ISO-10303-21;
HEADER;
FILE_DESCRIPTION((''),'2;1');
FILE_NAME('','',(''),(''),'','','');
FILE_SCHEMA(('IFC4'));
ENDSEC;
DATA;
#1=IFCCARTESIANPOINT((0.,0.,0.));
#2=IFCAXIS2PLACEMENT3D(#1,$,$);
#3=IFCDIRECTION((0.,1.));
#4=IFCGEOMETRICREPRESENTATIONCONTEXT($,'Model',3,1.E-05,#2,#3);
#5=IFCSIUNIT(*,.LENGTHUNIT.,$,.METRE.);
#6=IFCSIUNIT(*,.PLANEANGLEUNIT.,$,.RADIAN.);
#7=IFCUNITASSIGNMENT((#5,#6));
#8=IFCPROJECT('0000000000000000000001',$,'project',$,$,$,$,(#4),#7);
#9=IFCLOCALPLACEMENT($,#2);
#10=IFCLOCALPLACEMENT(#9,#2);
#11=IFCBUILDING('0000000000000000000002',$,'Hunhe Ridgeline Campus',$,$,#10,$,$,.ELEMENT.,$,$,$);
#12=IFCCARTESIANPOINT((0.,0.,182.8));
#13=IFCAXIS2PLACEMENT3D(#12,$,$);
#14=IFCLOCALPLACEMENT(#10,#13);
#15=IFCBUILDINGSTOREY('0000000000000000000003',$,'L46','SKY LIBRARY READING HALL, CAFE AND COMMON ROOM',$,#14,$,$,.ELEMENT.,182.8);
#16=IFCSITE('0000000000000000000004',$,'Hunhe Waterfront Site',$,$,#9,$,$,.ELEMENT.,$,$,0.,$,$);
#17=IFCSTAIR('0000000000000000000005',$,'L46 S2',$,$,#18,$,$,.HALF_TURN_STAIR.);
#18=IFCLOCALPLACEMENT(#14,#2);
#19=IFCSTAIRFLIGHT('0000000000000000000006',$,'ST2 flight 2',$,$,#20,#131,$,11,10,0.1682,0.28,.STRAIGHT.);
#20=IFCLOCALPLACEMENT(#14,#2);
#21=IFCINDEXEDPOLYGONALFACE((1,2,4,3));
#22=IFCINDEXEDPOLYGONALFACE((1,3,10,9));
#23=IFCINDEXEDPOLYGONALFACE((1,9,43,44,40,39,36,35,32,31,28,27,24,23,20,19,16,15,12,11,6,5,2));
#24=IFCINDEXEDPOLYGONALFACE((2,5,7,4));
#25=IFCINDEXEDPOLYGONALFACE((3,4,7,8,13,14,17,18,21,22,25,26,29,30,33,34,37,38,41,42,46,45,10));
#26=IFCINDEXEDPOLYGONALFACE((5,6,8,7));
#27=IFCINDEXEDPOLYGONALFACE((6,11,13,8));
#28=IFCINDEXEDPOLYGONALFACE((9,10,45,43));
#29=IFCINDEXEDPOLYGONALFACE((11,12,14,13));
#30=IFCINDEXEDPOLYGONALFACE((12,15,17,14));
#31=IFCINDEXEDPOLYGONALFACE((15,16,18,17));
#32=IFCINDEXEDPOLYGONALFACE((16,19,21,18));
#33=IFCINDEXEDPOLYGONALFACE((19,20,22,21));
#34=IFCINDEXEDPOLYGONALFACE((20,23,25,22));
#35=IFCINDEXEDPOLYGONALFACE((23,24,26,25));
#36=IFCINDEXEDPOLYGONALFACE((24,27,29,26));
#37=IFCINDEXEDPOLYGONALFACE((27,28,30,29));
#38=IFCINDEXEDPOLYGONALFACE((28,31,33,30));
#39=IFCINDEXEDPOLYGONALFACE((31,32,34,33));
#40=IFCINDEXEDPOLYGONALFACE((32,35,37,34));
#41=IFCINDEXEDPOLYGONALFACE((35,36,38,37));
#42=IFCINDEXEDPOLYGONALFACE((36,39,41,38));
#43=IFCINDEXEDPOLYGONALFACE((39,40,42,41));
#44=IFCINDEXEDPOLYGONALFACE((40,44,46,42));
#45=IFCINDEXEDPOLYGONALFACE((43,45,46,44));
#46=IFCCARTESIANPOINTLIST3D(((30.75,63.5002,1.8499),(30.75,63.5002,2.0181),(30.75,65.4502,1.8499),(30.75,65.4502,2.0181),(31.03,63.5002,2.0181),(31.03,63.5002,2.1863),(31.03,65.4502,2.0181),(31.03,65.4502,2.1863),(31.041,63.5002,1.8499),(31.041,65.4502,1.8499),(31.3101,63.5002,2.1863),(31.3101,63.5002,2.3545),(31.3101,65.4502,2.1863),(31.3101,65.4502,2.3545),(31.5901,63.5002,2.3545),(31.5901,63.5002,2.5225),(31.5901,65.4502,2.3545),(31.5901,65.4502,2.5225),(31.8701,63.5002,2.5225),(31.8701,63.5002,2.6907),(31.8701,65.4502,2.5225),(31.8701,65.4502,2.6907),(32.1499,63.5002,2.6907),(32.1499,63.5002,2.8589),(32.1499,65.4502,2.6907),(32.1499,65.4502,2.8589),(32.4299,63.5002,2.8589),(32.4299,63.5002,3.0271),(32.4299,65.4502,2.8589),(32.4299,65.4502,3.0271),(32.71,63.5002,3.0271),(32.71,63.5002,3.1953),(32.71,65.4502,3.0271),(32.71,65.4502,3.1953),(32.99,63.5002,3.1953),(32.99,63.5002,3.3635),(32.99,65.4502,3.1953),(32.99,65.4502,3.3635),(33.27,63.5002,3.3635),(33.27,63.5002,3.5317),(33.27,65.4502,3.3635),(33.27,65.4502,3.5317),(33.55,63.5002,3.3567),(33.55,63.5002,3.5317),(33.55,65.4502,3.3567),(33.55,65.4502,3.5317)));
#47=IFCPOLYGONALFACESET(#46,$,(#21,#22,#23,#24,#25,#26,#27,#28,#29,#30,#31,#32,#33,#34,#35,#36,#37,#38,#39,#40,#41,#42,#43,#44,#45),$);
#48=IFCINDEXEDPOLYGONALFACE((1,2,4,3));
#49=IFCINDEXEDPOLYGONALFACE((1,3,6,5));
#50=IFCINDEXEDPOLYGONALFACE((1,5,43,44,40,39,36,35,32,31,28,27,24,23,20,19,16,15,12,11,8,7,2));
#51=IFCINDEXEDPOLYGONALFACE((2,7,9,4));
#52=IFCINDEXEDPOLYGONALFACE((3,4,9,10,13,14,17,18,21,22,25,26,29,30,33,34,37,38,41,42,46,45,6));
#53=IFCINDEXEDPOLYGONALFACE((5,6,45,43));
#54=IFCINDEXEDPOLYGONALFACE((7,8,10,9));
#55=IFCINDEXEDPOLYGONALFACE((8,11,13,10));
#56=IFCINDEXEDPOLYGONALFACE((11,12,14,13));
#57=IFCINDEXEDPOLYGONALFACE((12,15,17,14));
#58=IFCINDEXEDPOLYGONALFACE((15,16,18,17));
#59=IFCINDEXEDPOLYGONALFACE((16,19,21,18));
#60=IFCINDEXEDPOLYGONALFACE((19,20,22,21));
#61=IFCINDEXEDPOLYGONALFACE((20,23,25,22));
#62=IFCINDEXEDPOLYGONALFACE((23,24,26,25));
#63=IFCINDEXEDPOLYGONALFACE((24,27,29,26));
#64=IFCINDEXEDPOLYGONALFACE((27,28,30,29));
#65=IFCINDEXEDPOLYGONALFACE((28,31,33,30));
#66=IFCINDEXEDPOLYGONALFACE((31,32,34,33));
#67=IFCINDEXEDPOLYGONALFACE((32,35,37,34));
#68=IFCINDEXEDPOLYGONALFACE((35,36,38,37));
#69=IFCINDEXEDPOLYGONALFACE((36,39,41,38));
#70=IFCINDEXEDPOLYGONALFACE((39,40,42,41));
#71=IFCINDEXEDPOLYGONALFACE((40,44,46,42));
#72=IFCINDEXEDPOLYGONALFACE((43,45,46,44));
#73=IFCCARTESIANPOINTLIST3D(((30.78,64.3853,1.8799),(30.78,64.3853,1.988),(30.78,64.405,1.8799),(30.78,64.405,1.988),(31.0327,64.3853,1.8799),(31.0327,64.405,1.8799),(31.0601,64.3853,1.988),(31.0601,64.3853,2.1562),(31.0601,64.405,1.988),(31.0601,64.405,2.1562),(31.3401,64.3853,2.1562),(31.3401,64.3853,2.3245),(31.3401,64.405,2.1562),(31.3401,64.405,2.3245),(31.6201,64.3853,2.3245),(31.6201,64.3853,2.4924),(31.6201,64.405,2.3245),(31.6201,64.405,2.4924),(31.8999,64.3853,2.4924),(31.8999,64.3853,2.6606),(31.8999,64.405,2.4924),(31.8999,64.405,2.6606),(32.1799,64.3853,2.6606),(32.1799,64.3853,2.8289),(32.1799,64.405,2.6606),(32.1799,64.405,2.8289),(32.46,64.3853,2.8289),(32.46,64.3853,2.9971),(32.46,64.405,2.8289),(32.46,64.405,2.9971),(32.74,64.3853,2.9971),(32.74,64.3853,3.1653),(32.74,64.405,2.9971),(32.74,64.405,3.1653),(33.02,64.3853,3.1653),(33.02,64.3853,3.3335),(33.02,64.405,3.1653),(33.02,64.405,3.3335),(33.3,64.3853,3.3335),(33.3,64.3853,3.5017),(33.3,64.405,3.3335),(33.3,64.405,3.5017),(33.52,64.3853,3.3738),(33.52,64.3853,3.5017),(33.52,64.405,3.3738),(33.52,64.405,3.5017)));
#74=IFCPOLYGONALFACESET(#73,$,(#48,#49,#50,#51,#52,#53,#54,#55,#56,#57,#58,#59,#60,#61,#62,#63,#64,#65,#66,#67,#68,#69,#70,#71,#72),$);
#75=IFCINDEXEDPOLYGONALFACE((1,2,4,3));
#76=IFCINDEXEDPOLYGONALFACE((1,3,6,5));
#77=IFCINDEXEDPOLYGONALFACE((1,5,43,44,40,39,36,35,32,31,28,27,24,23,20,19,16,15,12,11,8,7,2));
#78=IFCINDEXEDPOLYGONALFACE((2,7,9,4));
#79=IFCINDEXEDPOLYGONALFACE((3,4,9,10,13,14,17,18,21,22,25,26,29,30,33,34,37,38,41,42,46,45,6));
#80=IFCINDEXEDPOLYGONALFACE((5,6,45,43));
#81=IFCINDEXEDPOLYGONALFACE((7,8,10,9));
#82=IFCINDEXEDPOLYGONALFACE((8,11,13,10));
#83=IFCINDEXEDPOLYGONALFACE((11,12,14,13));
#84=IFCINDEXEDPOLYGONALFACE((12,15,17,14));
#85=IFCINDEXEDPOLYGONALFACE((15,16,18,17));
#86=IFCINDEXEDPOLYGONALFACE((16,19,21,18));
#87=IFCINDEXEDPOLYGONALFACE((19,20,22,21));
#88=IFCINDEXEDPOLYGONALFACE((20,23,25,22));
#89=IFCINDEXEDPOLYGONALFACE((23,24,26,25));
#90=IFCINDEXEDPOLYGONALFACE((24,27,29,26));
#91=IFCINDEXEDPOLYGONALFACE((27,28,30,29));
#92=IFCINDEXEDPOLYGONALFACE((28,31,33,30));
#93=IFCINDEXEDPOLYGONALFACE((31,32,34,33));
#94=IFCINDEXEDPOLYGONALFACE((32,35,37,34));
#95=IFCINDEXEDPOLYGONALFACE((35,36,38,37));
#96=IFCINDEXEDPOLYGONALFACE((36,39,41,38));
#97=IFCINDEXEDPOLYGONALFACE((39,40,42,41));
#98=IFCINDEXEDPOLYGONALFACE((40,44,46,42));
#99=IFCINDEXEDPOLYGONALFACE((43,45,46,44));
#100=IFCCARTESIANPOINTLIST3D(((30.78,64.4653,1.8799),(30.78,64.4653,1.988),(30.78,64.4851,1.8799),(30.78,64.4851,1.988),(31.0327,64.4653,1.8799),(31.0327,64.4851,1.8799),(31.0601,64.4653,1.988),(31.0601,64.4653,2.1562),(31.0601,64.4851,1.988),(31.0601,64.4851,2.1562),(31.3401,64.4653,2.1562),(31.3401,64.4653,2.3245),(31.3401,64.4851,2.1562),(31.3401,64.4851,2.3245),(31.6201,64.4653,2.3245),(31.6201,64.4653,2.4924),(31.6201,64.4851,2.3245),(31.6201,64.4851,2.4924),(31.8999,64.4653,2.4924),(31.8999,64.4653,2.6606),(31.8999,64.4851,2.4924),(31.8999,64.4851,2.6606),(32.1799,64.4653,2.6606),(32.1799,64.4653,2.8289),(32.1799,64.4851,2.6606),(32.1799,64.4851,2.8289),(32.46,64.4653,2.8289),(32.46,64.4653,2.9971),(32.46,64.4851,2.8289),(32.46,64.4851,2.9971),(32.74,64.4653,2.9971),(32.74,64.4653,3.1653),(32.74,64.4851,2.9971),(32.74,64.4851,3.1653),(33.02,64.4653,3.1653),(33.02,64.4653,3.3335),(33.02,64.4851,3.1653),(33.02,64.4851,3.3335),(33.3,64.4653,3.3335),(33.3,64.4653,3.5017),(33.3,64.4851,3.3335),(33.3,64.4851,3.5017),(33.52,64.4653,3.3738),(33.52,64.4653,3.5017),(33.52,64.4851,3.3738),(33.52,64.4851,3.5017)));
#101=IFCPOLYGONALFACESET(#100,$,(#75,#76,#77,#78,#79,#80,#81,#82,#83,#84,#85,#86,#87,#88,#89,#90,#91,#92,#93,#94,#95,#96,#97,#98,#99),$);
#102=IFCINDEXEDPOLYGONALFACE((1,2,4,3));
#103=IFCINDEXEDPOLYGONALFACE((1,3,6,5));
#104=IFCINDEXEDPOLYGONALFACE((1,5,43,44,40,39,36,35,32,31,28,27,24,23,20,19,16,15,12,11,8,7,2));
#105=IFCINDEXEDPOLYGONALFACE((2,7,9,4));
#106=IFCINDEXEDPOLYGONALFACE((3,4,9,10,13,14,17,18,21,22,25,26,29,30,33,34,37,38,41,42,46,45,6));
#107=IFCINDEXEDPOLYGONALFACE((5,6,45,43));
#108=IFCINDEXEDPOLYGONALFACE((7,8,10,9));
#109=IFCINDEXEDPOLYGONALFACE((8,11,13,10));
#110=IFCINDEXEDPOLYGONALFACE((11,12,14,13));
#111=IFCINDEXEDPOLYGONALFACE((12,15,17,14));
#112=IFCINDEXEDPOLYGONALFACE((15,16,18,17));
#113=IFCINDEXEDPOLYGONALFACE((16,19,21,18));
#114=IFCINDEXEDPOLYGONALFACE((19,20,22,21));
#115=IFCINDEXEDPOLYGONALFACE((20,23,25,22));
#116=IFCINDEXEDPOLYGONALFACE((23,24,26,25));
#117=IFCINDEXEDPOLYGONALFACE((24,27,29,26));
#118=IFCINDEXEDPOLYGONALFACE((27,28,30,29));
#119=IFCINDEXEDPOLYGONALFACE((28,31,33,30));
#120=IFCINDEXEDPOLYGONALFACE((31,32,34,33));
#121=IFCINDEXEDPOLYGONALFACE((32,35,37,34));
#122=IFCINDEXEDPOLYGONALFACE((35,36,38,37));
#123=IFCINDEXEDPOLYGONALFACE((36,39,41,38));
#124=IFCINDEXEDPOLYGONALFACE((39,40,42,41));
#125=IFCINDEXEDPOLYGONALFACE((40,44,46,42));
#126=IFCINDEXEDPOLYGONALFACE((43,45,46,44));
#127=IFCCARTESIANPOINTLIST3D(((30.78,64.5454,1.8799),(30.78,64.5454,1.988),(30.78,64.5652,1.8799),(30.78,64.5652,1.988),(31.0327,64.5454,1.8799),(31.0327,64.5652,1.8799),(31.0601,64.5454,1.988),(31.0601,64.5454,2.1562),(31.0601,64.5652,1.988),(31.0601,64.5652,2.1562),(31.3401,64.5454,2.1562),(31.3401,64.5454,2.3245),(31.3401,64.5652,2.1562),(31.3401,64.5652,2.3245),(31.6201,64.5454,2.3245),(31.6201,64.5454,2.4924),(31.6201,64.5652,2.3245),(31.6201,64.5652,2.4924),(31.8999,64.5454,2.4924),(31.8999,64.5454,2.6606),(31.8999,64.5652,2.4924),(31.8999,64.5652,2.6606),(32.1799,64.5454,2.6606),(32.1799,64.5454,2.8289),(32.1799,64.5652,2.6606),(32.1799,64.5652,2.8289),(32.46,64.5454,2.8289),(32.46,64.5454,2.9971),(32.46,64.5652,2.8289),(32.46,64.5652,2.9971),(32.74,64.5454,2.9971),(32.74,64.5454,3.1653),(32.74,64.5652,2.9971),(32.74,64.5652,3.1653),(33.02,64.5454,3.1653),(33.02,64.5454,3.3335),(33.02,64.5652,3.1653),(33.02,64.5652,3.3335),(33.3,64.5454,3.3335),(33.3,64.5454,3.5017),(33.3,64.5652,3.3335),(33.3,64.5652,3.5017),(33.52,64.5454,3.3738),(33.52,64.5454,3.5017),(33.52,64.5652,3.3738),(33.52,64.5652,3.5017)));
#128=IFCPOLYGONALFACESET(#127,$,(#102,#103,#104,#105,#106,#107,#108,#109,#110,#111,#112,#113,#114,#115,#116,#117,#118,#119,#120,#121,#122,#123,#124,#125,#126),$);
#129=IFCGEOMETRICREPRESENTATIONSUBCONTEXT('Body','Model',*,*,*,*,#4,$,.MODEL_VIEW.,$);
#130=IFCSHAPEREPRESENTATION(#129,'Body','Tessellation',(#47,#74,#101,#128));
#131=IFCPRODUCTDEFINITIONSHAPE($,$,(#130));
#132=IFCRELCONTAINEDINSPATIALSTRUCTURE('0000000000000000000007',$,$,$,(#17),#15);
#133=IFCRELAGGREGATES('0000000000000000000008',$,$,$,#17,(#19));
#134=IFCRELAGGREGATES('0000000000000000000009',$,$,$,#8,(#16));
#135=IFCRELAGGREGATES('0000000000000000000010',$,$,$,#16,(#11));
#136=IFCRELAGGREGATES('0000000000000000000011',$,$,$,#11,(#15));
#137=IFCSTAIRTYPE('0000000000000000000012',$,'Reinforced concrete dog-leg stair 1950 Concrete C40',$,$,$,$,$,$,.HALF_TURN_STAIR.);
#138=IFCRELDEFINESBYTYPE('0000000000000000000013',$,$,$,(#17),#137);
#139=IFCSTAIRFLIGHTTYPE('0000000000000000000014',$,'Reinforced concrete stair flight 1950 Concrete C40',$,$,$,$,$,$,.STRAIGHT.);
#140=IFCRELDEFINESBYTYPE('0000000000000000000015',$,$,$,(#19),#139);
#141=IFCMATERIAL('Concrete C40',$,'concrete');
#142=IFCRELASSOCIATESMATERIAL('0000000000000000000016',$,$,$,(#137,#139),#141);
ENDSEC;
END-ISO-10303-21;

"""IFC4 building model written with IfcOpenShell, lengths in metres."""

from ifc_helpers import new_model, si_unit, direction, frame, origin, place, context, subcontext, project, spatial, polyline, outline, extrude, material, type_object, element, aggregate, save


model = new_model("IFC4")

# Units and contexts
model_context = context("Model", 3, precision=1e-05, world=origin(), true_north=direction((0.0, 1.0)))
body_context = subcontext(model_context, "Body", "Model", "MODEL_VIEW")
ifc_project = project(units=[si_unit("LENGTHUNIT", "METRE"), si_unit("PLANEANGLEUNIT", "RADIAN")], contexts=[model_context])

# Site, building, storey
site_placement = place(None, origin())
site = spatial("IfcSite", under=ifc_project, at=site_placement, Name="Hunhe Waterfront Site", CompositionType="ELEMENT", RefElevation=0.0)
building_placement = place(site_placement, origin())
building = spatial("IfcBuilding", under=site, at=building_placement, Name="Hunhe Ridgeline Campus", CompositionType="ELEMENT")
storey_placement = place(building_placement, frame((0.0, 0.0, 182.8)))
storey = spatial("IfcBuildingStorey", under=building, at=storey_placement, Name="L46", Description="SKY LIBRARY READING HALL, CAFE AND COMMON ROOM", CompositionType="ELEMENT", Elevation=182.8)

# Stair, stair flight
ifc_material_1 = material(Name="Concrete C40", Category="concrete")
stair_type = type_object("IfcStairType", Name="Reinforced concrete dog-leg stair 1950 Concrete C40", PredefinedType="HALF_TURN_STAIR", material=ifc_material_1)
stair_placement = place(storey_placement, origin())
stair = element("IfcStair", 1, at=stair_placement, inside=storey, type_object=stair_type, Name="L46 S2", PredefinedType="HALF_TURN_STAIR")
stair_flight_type = type_object("IfcStairFlightType", Name="Reinforced concrete stair flight 1950 Concrete C40", PredefinedType="STRAIGHT", material=ifc_material_1)
stair_flight_placement = place(storey_placement, frame((30.75, 64.4751, 1.8499), z_axis=(0.0, 0.0, 1.0), x_axis=(1.0, 0.0, 0.0)))
stair_flight = element("IfcStairFlight", 2, at=stair_flight_placement, type_object=stair_flight_type, Name="ST2 flight 2", NumberOfRisers=11, NumberOfTreads=10, PredefinedType="STRAIGHT", RiserHeight=0.1682, TreadLength=0.28, context=body_context, shape_type="SweptSolid", body=[
    extrude(outline(polyline([(0.0, 0.0), (0.0, 0.1682), (0.28, 0.1682), (0.28, 0.3364), (0.5601, 0.3364), (0.5601, 0.5046), (0.8401, 0.5046), (0.8401, 0.6726), (1.1201, 0.6726), (1.1201, 0.8408), (1.3999, 0.8408), (1.3999, 1.009), (1.6799, 1.009), (1.6799, 1.1772), (1.96, 1.1772), (1.96, 1.3455), (2.24, 1.3455), (2.24, 1.5137), (2.52, 1.5137), (2.52, 1.6819), (2.8, 1.6819), (2.8, 1.8501), (2.8, 1.5068), (0.291, 0.0), (0.0, 0.0)])), frame((0.0, 0.9751, 0.0), z_axis=(0.0, -1.0, 0.0), x_axis=(1.0, 0.0, 0.0)), (0.0, 0.0, 1.0), 1.95),
    extrude(outline(polyline([(0.03, 0.03), (0.03, 0.1382), (0.3101, 0.1382), (0.3101, 0.3064), (0.5901, 0.3064), (0.5901, 0.4746), (0.8701, 0.4746), (0.8701, 0.6426), (1.1499, 0.6426), (1.1499, 0.8108), (1.4299, 0.8108), (1.4299, 0.979), (1.71, 0.979), (1.71, 1.1472), (1.99, 1.1472), (1.99, 1.3154), (2.27, 1.3154), (2.27, 1.4836), (2.55, 1.4836), (2.55, 1.6519), (2.77, 1.6519), (2.77, 1.5239), (0.2827, 0.03), (0.03, 0.03)])), frame((0.0, -0.0701, 0.0), z_axis=(0.0, -1.0, 0.0), x_axis=(1.0, 0.0, 0.0)), (0.0, 0.0, 1.0), 0.0198),
    extrude(outline(polyline([(0.03, 0.03), (0.03, 0.1382), (0.3101, 0.1382), (0.3101, 0.3064), (0.5901, 0.3064), (0.5901, 0.4746), (0.8701, 0.4746), (0.8701, 0.6426), (1.1499, 0.6426), (1.1499, 0.8108), (1.4299, 0.8108), (1.4299, 0.979), (1.71, 0.979), (1.71, 1.1472), (1.99, 1.1472), (1.99, 1.3154), (2.27, 1.3154), (2.27, 1.4836), (2.55, 1.4836), (2.55, 1.6519), (2.77, 1.6519), (2.77, 1.5239), (0.2827, 0.03), (0.03, 0.03)])), frame((0.0, 0.01, 0.0), z_axis=(0.0, -1.0, 0.0), x_axis=(1.0, 0.0, 0.0)), (0.0, 0.0, 1.0), 0.0198),
    extrude(outline(polyline([(0.03, 0.03), (0.03, 0.1382), (0.3101, 0.1382), (0.3101, 0.3064), (0.5901, 0.3064), (0.5901, 0.4746), (0.8701, 0.4746), (0.8701, 0.6426), (1.1499, 0.6426), (1.1499, 0.8108), (1.4299, 0.8108), (1.4299, 0.979), (1.71, 0.979), (1.71, 1.1472), (1.99, 1.1472), (1.99, 1.3154), (2.27, 1.3154), (2.27, 1.4836), (2.55, 1.4836), (2.55, 1.6519), (2.77, 1.6519), (2.77, 1.5239), (0.2827, 0.03), (0.03, 0.03)])), frame((0.0, 0.0901, 0.0), z_axis=(0.0, -1.0, 0.0), x_axis=(1.0, 0.0, 0.0)), (0.0, 0.0, 1.0), 0.0198),
])
aggregate(stair, [stair_flight])

save(model, "model.ifc")
